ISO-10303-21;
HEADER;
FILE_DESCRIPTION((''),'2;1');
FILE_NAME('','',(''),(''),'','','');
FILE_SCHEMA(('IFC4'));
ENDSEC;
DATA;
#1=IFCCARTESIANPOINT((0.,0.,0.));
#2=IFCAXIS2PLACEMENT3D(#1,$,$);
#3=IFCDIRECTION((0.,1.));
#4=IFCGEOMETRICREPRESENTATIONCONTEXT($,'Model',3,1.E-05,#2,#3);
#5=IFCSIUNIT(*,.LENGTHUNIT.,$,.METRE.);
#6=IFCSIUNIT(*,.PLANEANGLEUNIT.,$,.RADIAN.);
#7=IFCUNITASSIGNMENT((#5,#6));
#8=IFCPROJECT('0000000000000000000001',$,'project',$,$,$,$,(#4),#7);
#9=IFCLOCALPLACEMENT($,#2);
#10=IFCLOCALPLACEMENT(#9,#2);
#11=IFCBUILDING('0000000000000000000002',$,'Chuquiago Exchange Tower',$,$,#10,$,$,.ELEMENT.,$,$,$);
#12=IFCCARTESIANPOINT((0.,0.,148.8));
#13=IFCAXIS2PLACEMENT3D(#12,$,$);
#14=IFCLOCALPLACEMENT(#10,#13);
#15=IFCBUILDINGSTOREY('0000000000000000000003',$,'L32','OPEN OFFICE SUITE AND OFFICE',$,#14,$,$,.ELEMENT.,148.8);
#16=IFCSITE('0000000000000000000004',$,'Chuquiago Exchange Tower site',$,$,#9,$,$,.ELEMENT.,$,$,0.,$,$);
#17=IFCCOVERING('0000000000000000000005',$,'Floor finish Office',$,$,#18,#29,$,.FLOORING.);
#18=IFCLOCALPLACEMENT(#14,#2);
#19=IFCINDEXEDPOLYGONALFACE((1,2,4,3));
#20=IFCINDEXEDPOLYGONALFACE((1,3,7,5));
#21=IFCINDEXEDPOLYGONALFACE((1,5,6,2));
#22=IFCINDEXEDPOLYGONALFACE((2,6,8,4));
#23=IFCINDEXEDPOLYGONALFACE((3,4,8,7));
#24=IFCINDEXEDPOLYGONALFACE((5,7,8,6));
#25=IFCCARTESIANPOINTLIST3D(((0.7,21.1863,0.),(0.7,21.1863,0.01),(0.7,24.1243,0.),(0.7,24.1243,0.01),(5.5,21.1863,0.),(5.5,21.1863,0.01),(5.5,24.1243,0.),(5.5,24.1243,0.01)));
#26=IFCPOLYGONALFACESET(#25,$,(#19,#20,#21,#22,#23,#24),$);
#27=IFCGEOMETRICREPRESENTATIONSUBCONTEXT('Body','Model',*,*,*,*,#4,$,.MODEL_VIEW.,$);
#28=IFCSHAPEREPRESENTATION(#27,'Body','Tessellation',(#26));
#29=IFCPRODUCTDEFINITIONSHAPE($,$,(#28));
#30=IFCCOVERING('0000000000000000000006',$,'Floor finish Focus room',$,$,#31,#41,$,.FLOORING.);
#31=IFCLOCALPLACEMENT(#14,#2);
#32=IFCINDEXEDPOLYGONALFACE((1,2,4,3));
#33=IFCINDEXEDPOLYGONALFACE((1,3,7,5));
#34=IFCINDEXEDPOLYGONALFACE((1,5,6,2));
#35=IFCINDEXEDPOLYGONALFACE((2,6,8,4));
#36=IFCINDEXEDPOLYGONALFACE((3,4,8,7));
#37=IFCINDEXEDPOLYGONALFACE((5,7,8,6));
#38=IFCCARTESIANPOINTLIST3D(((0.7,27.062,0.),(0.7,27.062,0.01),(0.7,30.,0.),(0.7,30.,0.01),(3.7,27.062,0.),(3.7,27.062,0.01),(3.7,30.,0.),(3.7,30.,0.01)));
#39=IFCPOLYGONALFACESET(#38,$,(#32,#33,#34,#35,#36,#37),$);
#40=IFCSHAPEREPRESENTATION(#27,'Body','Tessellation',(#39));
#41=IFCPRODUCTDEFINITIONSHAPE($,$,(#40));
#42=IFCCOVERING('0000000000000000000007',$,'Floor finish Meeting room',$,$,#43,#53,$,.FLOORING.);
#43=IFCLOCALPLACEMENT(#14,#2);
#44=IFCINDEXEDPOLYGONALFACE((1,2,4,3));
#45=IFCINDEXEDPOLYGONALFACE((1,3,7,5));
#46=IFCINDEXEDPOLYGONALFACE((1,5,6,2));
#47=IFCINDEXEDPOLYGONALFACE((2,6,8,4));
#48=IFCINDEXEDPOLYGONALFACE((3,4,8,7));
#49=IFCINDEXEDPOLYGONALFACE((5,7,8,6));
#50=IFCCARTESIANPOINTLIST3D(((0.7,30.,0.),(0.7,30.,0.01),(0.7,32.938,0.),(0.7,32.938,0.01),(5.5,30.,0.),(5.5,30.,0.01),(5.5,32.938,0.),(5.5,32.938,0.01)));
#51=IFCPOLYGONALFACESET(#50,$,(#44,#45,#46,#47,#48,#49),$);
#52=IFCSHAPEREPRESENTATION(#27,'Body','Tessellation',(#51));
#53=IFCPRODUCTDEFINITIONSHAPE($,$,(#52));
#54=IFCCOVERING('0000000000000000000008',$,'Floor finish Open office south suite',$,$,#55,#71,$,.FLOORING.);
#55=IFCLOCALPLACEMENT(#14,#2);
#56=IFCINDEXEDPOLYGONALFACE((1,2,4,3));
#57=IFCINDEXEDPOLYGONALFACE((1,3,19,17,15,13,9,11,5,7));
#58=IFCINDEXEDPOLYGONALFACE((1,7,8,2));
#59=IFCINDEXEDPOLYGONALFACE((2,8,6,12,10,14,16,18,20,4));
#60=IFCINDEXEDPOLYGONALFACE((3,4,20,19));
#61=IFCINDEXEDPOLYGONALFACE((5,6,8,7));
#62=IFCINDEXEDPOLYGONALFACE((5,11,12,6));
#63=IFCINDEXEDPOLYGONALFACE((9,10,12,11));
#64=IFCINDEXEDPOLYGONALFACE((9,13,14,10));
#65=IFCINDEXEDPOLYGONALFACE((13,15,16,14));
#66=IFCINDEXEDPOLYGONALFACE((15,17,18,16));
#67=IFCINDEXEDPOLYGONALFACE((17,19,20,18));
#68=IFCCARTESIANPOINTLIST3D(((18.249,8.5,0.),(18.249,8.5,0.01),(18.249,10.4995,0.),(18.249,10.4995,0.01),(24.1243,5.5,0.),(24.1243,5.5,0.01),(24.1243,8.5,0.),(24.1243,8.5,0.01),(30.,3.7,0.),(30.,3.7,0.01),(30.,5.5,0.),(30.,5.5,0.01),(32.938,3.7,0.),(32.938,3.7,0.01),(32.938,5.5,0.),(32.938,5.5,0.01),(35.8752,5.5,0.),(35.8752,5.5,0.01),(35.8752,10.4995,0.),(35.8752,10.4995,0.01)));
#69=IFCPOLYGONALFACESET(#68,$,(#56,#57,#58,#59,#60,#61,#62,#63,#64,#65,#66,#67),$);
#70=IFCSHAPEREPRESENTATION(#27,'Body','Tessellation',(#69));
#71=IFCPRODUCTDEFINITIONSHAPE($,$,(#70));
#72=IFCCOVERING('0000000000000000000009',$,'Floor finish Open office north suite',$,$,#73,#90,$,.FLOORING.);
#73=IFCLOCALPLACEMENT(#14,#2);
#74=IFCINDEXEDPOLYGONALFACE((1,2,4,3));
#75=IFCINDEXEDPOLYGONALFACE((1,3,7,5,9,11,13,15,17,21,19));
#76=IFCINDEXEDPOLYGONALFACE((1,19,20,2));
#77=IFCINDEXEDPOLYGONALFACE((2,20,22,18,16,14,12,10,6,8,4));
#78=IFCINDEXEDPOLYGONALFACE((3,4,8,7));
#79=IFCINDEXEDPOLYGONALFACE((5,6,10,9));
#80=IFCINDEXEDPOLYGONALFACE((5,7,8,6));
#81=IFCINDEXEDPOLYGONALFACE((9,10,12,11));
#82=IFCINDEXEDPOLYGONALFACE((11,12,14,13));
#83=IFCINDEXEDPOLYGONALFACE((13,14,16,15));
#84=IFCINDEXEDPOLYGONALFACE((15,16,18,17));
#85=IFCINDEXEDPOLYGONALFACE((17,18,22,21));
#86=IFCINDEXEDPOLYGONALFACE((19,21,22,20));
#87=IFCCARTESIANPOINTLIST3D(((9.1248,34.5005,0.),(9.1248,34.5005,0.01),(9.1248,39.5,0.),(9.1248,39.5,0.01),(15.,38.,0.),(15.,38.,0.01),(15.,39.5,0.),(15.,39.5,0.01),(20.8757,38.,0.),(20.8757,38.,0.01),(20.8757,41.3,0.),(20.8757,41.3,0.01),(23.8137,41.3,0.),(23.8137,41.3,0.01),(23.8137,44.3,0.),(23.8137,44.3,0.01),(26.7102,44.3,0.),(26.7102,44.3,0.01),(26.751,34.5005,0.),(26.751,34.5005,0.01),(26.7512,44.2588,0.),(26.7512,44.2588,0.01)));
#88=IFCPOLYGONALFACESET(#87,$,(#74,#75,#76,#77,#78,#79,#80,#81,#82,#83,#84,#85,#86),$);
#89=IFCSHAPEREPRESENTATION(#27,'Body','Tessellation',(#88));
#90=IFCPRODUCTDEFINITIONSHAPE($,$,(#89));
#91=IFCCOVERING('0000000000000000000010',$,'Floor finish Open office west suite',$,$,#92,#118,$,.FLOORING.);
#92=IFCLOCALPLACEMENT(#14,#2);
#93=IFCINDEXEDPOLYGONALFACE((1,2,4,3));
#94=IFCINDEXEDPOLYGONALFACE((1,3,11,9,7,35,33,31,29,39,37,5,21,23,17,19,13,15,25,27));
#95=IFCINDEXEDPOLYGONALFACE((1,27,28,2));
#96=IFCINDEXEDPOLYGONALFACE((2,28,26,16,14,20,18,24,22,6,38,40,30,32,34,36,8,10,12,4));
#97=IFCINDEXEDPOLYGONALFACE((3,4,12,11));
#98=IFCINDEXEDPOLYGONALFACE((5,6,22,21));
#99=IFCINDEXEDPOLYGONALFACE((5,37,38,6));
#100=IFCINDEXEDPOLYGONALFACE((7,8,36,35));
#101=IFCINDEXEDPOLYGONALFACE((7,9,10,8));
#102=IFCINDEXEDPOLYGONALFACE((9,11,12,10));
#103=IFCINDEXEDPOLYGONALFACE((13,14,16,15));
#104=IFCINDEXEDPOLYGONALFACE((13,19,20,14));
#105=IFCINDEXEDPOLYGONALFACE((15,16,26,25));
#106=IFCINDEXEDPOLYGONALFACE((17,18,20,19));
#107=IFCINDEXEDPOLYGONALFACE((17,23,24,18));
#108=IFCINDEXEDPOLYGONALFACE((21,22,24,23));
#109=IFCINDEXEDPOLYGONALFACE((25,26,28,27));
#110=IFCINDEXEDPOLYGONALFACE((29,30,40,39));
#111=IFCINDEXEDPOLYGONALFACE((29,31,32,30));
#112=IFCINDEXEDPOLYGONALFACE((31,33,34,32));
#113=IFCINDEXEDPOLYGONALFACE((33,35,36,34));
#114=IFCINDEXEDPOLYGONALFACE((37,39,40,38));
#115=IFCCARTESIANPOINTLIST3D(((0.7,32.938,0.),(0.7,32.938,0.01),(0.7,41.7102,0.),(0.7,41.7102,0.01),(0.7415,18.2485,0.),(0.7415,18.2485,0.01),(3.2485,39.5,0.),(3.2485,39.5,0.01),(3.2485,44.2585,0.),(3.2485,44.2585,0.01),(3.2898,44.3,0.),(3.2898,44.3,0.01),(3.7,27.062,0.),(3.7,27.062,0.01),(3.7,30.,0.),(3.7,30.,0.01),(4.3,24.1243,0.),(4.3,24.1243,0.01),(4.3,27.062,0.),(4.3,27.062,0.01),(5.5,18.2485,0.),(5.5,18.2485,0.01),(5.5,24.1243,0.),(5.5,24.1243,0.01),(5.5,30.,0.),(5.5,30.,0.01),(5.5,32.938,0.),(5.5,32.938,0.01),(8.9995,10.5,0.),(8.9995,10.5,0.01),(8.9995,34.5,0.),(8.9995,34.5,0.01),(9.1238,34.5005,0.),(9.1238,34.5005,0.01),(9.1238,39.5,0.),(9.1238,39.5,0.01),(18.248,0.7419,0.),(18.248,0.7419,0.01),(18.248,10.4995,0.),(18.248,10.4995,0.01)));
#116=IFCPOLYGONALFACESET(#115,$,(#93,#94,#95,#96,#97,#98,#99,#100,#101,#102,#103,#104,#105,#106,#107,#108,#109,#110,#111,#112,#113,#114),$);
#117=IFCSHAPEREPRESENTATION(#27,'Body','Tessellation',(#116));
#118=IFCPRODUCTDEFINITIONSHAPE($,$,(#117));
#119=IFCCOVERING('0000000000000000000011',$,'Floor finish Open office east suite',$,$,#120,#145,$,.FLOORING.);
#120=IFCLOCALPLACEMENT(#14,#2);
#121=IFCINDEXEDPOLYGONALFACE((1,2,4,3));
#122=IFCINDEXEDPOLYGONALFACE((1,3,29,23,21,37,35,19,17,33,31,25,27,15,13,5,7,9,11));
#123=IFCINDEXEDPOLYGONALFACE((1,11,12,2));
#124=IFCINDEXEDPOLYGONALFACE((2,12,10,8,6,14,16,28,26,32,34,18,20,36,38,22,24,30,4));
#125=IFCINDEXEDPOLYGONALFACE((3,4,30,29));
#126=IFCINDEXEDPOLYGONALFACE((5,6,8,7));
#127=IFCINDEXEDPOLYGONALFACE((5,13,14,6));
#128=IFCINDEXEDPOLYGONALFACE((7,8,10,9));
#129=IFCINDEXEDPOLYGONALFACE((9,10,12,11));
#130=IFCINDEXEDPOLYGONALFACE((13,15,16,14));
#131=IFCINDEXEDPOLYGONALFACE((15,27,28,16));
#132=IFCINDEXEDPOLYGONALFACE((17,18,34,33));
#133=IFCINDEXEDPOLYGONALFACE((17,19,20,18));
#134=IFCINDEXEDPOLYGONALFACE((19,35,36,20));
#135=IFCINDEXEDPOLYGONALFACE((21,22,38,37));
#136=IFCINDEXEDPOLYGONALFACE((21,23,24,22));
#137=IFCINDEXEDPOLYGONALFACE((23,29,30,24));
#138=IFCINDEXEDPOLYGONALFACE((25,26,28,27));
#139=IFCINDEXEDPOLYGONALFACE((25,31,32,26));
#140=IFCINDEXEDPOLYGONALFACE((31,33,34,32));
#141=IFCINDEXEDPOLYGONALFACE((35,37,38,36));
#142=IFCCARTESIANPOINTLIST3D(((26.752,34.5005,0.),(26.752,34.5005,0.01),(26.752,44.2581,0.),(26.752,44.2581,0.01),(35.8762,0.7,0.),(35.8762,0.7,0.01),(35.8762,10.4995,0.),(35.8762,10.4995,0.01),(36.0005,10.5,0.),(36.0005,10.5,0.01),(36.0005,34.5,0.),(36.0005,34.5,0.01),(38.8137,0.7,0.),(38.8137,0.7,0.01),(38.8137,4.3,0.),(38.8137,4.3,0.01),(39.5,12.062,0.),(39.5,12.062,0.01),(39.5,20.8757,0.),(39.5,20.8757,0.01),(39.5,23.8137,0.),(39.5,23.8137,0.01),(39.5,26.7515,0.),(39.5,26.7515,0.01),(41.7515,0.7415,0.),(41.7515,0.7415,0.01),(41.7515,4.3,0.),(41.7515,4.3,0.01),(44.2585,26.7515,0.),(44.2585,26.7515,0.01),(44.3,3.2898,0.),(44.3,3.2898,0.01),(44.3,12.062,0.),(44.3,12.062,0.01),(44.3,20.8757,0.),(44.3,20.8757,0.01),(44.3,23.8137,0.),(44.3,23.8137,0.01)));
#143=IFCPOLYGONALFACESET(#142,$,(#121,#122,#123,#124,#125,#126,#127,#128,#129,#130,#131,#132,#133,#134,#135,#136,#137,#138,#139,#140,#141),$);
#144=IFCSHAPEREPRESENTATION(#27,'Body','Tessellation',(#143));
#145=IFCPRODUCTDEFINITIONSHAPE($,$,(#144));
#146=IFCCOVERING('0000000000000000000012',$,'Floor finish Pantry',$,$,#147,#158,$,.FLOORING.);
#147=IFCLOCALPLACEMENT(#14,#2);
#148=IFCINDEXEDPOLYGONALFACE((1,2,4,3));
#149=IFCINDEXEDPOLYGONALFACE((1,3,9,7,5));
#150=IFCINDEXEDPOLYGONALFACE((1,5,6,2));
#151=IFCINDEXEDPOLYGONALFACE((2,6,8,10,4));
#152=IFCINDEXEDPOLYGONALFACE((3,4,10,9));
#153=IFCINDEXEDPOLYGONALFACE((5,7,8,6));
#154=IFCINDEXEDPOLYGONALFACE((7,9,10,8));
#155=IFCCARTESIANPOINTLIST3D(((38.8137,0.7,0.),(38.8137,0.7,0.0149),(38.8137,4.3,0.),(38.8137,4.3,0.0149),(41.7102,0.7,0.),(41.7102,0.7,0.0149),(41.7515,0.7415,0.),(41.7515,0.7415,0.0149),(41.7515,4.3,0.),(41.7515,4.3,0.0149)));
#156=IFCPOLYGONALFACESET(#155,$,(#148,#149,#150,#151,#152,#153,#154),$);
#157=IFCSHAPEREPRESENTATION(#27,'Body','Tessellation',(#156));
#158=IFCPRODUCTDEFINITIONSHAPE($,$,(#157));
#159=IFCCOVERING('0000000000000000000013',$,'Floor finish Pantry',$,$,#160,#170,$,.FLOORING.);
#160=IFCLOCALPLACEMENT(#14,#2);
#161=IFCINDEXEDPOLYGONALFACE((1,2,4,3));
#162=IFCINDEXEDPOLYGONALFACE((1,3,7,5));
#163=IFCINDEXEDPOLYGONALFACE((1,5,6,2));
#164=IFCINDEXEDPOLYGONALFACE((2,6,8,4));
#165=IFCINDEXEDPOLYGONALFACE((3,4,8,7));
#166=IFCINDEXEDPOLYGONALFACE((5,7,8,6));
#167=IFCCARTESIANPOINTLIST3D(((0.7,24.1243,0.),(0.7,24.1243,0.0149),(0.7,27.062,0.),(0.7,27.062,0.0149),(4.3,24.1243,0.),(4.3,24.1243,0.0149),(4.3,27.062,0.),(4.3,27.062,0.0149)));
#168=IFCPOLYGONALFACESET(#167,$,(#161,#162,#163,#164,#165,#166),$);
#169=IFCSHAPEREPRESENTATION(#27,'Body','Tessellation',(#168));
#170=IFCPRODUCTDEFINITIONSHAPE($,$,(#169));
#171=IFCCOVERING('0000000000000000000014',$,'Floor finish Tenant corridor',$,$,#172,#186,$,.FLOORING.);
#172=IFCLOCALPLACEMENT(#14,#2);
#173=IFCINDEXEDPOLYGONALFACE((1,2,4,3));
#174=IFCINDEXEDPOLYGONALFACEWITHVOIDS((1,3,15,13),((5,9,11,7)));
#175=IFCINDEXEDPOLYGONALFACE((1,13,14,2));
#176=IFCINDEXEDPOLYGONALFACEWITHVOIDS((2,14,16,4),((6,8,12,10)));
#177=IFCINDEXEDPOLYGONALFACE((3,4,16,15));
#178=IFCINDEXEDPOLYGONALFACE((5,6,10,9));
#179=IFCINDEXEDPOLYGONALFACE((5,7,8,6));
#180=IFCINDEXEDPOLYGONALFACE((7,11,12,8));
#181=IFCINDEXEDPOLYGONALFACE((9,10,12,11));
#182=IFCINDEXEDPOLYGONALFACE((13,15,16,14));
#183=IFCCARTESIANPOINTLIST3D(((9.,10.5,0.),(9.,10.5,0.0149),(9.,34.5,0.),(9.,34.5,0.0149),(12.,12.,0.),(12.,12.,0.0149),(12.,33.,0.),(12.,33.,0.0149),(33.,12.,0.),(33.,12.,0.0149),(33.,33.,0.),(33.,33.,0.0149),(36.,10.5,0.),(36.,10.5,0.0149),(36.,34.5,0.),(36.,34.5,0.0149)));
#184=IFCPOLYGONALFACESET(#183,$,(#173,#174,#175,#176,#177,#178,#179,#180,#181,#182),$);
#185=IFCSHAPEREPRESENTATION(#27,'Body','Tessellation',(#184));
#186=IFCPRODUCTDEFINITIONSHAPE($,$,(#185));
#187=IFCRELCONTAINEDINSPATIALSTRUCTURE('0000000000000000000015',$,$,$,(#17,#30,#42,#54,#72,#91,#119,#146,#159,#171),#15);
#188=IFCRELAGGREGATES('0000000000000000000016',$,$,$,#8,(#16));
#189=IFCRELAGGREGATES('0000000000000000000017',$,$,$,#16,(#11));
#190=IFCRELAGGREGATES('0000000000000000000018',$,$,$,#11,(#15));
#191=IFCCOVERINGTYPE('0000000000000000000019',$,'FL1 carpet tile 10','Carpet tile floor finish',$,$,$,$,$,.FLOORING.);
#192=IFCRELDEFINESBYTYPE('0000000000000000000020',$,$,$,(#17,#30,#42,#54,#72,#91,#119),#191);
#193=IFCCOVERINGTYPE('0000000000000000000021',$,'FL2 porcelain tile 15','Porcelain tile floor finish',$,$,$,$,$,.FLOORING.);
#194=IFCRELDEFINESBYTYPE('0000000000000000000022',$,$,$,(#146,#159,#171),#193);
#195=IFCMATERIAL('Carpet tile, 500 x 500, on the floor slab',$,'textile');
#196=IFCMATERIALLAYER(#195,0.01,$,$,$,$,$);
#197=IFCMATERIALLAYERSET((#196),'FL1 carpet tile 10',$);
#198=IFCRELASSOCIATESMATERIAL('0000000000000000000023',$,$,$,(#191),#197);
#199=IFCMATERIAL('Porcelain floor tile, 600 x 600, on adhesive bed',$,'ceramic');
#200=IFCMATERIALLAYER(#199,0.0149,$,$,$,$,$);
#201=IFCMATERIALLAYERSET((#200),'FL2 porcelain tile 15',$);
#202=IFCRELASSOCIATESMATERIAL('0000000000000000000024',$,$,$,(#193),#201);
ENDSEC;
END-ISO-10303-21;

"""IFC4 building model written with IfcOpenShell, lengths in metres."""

from ifc_helpers import new_model, si_unit, direction, frame, origin, place, context, subcontext, project, spatial, polyline, outline, extrude, material, layer, layer_set, type_object, element, save


model = new_model("IFC4")

# Units and contexts
model_context = context("Model", 3, precision=1e-05, world=origin(), true_north=direction((0.0, 1.0)))
body_context = subcontext(model_context, "Body", "Model", "MODEL_VIEW")
ifc_project = project(units=[si_unit("LENGTHUNIT", "METRE"), si_unit("PLANEANGLEUNIT", "RADIAN")], contexts=[model_context])

# Site, building, storey
site_placement = place(None, origin())
site = spatial("IfcSite", under=ifc_project, at=site_placement, Name="Chuquiago Exchange Tower site", CompositionType="ELEMENT", RefElevation=0.0)
building_placement = place(site_placement, origin())
building = spatial("IfcBuilding", under=site, at=building_placement, Name="Chuquiago Exchange Tower", CompositionType="ELEMENT")
storey_placement = place(building_placement, frame((0.0, 0.0, 148.8)))
storey = spatial("IfcBuildingStorey", under=building, at=storey_placement, Name="L32", Description="OPEN OFFICE SUITE AND OFFICE", CompositionType="ELEMENT", Elevation=148.8)

# Coverings
ifc_material_1 = material(Name="Carpet tile, 500 x 500, on the floor slab", Category="textile")
ifc_layer_1 = layer(ifc_material_1, 0.01)
ifc_layer_set_1 = layer_set([ifc_layer_1], Name="FL1 carpet tile 10")
covering_type_1 = type_object("IfcCoveringType", Name="FL1 carpet tile 10", Description="Carpet tile floor finish", PredefinedType="FLOORING", material=ifc_layer_set_1)
covering_1_placement = place(storey_placement, origin())
element("IfcCovering", 1, at=covering_1_placement, inside=storey, type_object=covering_type_1, Name="Floor finish Office", PredefinedType="FLOORING", context=body_context, shape_type="SweptSolid", body=[
    extrude(outline(polyline([(0.7, 24.1243), (5.5, 24.1243), (5.5, 21.1863), (0.7, 21.1863), (0.7, 24.1243)])), origin(), (0.0, 0.0, 1.0), 0.01),
])
covering_2_placement = place(storey_placement, origin())
element("IfcCovering", 2, at=covering_2_placement, inside=storey, type_object=covering_type_1, Name="Floor finish Focus room", PredefinedType="FLOORING", context=body_context, shape_type="SweptSolid", body=[
    extrude(outline(polyline([(0.7, 30.0), (3.7, 30.0), (3.7, 27.062), (0.7, 27.062), (0.7, 30.0)])), origin(), (0.0, 0.0, 1.0), 0.01),
])
covering_3_placement = place(storey_placement, origin())
element("IfcCovering", 3, at=covering_3_placement, inside=storey, type_object=covering_type_1, Name="Floor finish Meeting room", PredefinedType="FLOORING", context=body_context, shape_type="SweptSolid", body=[
    extrude(outline(polyline([(0.7, 32.938), (5.5, 32.938), (5.5, 30.0), (0.7, 30.0), (0.7, 32.938)])), origin(), (0.0, 0.0, 1.0), 0.01),
])
covering_4_placement = place(storey_placement, origin())
element("IfcCovering", 4, at=covering_4_placement, inside=storey, type_object=covering_type_1, Name="Floor finish Open office south suite", PredefinedType="FLOORING", context=body_context, shape_type="SweptSolid", body=[
    extrude(outline(polyline([(32.938, 5.5), (32.938, 3.7), (30.0, 3.7), (30.0, 5.5), (24.1243, 5.5), (24.1243, 8.5), (18.249, 8.5), (18.249, 10.4995), (35.8752, 10.4995), (35.8752, 5.5), (32.938, 5.5)])), origin(), (0.0, 0.0, 1.0), 0.01),
])
covering_5_placement = place(storey_placement, origin())
element("IfcCovering", 5, at=covering_5_placement, inside=storey, type_object=covering_type_1, Name="Floor finish Open office north suite", PredefinedType="FLOORING", context=body_context, shape_type="SweptSolid", body=[
    extrude(outline(polyline([(9.1248, 39.5), (15.0, 39.5), (15.0, 38.0), (20.8757, 38.0), (20.8757, 41.3), (23.8137, 41.3), (23.8137, 44.3), (26.7102, 44.3), (26.7512, 44.2588), (26.751, 34.5005), (9.1248, 34.5005), (9.1248, 39.5)])), origin(), (0.0, 0.0, 1.0), 0.01),
])
covering_6_placement = place(storey_placement, origin())
element("IfcCovering", 6, at=covering_6_placement, inside=storey, type_object=covering_type_1, Name="Floor finish Open office west suite", PredefinedType="FLOORING", context=body_context, shape_type="SweptSolid", body=[
    extrude(outline(polyline([(3.2485, 44.2585), (3.2485, 39.5), (9.1238, 39.5), (9.1238, 34.5005), (8.9995, 34.5), (8.9995, 10.5), (18.248, 10.4995), (18.248, 0.7419), (0.7415, 18.2485), (5.5, 18.2485), (5.5, 24.1243), (4.3, 24.1243), (4.3, 27.062), (3.7, 27.062), (3.7, 30.0), (5.5, 30.0), (5.5, 32.938), (0.7, 32.938), (0.7, 41.7102), (3.2898, 44.3), (3.2485, 44.2585)])), origin(), (0.0, 0.0, 1.0), 0.01),
])
covering_7_placement = place(storey_placement, origin())
element("IfcCovering", 7, at=covering_7_placement, inside=storey, type_object=covering_type_1, Name="Floor finish Open office east suite", PredefinedType="FLOORING", context=body_context, shape_type="SweptSolid", body=[
    extrude(outline(polyline([(44.2585, 26.7515), (39.5, 26.7515), (39.5, 23.8137), (44.3, 23.8137), (44.3, 20.8757), (39.5, 20.8757), (39.5, 12.062), (44.3, 12.062), (44.3, 3.2898), (41.7515, 0.7415), (41.7515, 4.3), (38.8137, 4.3), (38.8137, 0.7), (35.8762, 0.7), (35.8762, 10.4995), (36.0005, 10.5), (36.0005, 34.5), (26.752, 34.5005), (26.752, 44.2581), (44.2585, 26.7515)])), origin(), (0.0, 0.0, 1.0), 0.01),
])
ifc_material_2 = material(Name="Porcelain floor tile, 600 x 600, on adhesive bed", Category="ceramic")
ifc_layer_2 = layer(ifc_material_2, 0.0149)
ifc_layer_set_2 = layer_set([ifc_layer_2], Name="FL2 porcelain tile 15")
covering_type_2 = type_object("IfcCoveringType", Name="FL2 porcelain tile 15", Description="Porcelain tile floor finish", PredefinedType="FLOORING", material=ifc_layer_set_2)
covering_8_placement = place(storey_placement, origin())
element("IfcCovering", 8, at=covering_8_placement, inside=storey, type_object=covering_type_2, Name="Floor finish Pantry", PredefinedType="FLOORING", context=body_context, shape_type="SweptSolid", body=[
    extrude(outline(polyline([(41.7102, 0.7), (38.8137, 0.7), (38.8137, 4.3), (41.7515, 4.3), (41.7515, 0.7415), (41.7102, 0.7)])), origin(), (0.0, 0.0, 1.0), 0.0149),
])
covering_9_placement = place(storey_placement, origin())
element("IfcCovering", 9, at=covering_9_placement, inside=storey, type_object=covering_type_2, Name="Floor finish Pantry", PredefinedType="FLOORING", context=body_context, shape_type="SweptSolid", body=[
    extrude(outline(polyline([(0.7, 27.062), (4.3, 27.062), (4.3, 24.1243), (0.7, 24.1243), (0.7, 27.062)])), origin(), (0.0, 0.0, 1.0), 0.0149),
])
covering_10_placement = place(storey_placement, origin())
element("IfcCovering", 10, at=covering_10_placement, inside=storey, type_object=covering_type_2, Name="Floor finish Tenant corridor", PredefinedType="FLOORING", context=body_context, shape_type="SweptSolid", body=[
    extrude(outline(polyline([(9.0, 10.5), (9.0, 34.5), (36.0, 34.5), (36.0, 10.5), (9.0, 10.5)]), holes=[polyline([(12.0, 33.0), (12.0, 12.0), (33.0, 12.0), (33.0, 33.0), (12.0, 33.0)])]), origin(), (0.0, 0.0, 1.0), 0.0149),
])

save(model, "model.ifc")
